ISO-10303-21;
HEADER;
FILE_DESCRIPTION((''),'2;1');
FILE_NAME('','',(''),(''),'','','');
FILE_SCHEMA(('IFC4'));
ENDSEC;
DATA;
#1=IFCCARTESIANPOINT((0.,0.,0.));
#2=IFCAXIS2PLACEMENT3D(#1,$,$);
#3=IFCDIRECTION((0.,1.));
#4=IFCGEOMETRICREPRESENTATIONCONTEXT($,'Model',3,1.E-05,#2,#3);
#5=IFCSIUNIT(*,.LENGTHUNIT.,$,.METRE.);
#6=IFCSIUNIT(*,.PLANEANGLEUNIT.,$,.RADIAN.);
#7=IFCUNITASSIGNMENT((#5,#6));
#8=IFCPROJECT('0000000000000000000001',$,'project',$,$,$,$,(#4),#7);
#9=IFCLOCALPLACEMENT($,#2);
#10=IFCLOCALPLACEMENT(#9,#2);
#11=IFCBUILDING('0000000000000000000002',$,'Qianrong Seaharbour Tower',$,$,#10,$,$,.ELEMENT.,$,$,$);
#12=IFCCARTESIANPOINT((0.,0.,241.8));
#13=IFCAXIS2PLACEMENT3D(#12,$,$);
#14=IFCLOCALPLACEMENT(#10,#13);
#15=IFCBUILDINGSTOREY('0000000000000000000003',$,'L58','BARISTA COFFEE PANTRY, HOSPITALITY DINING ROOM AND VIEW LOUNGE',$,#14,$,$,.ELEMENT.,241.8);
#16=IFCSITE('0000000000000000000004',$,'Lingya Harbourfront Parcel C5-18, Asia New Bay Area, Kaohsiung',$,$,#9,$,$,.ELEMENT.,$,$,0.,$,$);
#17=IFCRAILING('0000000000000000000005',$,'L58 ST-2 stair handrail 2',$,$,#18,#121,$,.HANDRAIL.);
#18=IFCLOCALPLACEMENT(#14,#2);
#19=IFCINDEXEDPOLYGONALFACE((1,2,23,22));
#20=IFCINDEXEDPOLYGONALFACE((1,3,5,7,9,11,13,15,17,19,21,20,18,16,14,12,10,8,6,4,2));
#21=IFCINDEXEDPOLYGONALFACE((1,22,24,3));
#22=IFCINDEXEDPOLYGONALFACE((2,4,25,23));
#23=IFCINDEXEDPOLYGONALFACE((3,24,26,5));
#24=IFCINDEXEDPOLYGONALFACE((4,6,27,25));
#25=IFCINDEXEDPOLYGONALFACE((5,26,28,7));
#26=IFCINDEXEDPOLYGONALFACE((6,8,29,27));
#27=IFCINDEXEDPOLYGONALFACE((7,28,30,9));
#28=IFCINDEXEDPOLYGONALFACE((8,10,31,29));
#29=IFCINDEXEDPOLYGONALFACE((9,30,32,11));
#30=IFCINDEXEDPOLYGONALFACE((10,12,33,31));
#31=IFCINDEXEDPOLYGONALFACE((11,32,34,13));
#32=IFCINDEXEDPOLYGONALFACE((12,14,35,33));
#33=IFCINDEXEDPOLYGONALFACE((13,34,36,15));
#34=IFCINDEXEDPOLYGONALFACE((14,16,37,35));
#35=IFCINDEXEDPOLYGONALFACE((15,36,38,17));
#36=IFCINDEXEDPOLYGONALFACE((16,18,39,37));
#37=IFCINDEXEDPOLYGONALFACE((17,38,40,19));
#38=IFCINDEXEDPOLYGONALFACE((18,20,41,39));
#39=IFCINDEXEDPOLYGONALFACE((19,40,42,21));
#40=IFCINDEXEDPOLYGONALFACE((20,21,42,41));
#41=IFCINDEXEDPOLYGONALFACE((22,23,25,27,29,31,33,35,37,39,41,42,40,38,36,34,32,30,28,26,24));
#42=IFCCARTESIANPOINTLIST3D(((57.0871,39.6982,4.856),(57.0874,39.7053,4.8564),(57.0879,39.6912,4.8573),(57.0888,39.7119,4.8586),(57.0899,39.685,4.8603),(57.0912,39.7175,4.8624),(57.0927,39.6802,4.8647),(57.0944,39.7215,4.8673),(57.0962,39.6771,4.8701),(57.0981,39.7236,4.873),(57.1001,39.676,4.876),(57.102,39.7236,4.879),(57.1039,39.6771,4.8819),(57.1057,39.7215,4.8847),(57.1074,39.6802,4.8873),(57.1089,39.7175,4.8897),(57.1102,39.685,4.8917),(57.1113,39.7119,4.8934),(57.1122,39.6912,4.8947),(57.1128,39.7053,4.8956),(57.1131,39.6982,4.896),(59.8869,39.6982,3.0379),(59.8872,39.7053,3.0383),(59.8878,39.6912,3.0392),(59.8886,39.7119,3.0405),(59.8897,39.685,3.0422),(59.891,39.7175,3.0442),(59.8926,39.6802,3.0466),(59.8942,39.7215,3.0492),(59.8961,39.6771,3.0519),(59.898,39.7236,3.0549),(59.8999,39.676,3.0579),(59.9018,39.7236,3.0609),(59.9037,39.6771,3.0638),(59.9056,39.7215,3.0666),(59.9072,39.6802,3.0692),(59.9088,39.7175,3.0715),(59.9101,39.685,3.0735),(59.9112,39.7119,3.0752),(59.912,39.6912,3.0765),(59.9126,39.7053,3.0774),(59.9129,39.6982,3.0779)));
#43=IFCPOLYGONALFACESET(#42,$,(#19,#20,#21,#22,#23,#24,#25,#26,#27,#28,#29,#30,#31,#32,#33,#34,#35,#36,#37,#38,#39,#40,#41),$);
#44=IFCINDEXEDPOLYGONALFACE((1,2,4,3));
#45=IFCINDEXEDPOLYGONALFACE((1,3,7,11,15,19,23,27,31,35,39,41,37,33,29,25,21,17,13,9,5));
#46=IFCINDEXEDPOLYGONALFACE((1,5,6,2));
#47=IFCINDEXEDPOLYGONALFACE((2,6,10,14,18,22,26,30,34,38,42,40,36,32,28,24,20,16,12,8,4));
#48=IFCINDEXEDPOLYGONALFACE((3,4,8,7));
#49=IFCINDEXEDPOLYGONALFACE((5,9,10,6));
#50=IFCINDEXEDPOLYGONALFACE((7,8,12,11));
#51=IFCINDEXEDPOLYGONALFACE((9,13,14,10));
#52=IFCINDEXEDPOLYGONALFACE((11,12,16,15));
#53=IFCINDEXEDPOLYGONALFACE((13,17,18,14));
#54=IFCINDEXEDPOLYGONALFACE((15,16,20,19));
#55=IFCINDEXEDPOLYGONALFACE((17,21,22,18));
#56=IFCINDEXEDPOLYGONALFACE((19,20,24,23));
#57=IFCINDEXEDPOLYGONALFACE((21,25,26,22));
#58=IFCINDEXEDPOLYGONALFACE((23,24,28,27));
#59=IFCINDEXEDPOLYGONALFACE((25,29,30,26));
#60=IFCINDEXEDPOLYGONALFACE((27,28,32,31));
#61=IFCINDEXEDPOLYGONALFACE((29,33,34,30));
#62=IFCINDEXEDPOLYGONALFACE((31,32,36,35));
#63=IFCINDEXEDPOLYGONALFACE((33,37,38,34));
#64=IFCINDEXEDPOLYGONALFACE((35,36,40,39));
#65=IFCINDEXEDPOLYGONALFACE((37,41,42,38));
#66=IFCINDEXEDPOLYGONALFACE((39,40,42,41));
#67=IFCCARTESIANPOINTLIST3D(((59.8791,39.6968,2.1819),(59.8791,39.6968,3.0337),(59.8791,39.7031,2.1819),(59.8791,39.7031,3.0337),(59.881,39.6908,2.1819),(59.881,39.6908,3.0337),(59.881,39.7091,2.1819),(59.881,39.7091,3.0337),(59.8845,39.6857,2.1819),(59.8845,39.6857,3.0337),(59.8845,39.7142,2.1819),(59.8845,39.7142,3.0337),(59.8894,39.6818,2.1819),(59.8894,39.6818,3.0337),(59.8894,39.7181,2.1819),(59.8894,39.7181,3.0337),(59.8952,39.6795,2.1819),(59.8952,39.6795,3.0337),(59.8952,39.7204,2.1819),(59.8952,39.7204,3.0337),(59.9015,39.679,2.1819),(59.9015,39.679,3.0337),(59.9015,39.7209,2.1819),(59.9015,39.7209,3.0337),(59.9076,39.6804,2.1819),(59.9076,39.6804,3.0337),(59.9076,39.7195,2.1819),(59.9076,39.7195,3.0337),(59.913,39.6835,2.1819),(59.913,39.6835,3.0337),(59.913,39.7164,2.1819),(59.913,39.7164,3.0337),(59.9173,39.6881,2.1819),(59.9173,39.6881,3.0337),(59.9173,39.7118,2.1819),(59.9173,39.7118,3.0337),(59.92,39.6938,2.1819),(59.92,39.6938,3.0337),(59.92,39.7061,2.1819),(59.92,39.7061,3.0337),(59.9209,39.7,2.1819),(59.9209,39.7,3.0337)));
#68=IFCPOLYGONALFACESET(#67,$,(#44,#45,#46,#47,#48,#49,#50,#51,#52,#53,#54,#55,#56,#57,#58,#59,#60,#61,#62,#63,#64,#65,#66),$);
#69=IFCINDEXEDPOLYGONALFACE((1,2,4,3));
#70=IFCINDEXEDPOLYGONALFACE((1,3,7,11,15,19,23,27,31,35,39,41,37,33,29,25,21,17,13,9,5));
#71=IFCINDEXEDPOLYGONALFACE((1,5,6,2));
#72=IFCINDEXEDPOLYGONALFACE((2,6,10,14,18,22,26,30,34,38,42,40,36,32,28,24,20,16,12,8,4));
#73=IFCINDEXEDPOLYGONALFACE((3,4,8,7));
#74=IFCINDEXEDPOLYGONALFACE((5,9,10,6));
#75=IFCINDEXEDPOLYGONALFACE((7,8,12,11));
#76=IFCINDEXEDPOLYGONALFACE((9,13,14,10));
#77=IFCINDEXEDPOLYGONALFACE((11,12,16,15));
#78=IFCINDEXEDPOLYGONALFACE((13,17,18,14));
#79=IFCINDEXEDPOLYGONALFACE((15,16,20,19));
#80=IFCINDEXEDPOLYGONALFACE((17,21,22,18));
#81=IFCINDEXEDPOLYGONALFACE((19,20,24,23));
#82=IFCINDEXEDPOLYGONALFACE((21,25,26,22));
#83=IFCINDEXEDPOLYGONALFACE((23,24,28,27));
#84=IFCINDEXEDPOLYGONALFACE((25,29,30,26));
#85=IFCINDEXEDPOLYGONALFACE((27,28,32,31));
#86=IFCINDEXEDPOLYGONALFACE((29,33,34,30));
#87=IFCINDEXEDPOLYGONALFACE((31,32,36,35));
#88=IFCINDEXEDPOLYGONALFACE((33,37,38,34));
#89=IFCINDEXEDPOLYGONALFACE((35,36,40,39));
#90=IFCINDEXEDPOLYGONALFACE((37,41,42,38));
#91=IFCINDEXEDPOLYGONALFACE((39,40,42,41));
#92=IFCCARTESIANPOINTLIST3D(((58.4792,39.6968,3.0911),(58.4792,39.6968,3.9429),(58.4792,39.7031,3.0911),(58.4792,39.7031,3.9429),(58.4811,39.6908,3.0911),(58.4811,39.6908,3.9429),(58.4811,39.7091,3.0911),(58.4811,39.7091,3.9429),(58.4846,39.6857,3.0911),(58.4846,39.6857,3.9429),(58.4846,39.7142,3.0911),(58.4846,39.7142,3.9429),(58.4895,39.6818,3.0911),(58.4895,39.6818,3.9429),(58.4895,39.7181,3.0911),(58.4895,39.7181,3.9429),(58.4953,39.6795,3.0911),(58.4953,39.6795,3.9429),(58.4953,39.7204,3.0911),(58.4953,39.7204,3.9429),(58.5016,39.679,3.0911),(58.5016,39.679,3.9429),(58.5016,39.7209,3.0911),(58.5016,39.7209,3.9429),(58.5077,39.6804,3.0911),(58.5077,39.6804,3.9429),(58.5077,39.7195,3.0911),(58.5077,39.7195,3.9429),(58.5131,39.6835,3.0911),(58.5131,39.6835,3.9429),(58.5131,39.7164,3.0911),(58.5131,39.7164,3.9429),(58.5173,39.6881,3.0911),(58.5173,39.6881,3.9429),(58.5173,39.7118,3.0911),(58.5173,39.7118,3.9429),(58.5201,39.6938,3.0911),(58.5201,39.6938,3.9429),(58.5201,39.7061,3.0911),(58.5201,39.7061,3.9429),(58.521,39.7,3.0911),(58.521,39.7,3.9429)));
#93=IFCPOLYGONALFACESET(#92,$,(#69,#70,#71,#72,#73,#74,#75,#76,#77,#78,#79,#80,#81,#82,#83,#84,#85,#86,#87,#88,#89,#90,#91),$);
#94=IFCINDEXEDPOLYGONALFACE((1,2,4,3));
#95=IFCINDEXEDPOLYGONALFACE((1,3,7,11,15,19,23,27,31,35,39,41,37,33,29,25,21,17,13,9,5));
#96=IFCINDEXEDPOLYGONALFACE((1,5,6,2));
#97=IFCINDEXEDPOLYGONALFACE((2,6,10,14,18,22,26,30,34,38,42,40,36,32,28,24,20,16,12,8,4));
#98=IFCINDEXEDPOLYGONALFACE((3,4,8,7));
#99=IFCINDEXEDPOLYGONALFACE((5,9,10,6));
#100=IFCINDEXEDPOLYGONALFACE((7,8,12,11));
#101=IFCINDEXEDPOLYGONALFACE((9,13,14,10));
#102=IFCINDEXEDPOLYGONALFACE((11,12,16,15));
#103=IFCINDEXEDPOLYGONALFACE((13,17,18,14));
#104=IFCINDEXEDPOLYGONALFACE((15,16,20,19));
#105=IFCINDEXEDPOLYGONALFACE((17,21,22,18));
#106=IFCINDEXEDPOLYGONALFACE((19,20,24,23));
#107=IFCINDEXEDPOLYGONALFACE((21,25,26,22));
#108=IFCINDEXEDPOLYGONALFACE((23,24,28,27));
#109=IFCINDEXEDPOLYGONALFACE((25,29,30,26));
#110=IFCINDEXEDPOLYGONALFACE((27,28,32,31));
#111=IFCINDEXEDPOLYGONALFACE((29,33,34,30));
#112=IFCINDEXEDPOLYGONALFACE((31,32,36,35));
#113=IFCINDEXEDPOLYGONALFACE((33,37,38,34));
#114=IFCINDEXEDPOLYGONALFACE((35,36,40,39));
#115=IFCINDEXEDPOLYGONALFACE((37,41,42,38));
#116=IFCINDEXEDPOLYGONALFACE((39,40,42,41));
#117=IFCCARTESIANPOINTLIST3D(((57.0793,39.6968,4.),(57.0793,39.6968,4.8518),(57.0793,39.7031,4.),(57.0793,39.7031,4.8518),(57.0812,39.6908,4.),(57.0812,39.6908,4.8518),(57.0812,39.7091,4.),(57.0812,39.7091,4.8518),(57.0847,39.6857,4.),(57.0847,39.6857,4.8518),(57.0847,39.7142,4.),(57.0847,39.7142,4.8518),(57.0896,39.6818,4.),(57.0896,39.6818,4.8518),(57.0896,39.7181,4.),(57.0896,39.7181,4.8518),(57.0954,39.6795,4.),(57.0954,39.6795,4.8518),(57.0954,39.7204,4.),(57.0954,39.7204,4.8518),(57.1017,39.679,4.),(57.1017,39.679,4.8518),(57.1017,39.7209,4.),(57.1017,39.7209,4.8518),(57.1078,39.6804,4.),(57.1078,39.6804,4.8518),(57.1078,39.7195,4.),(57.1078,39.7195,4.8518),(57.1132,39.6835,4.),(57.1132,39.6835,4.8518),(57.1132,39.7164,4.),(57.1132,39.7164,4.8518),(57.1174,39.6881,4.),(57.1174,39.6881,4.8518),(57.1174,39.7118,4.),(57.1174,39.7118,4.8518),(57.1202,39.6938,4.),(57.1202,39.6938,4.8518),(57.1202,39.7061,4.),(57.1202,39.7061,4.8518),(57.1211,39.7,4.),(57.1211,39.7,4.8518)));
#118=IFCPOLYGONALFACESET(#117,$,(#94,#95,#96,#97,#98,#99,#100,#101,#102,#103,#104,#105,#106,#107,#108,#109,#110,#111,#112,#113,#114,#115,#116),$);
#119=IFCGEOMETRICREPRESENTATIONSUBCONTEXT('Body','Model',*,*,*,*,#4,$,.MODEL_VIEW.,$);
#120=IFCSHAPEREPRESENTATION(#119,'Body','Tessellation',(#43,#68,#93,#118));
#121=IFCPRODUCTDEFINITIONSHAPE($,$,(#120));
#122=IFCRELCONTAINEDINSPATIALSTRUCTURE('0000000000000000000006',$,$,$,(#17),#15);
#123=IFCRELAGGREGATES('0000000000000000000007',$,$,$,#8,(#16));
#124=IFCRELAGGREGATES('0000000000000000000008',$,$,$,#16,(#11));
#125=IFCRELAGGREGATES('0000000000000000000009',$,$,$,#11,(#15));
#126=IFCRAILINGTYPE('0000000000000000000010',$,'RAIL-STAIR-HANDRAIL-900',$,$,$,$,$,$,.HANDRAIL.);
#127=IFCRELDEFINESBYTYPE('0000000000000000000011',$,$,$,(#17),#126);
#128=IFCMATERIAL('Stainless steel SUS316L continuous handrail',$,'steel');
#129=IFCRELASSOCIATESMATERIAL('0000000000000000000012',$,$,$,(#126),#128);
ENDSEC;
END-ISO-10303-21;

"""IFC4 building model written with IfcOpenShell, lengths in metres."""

from ifc_helpers import new_model, si_unit, direction, frame, origin, origin_2d, place, context, subcontext, project, spatial, circle, extrude, material, type_object, element, save


model = new_model("IFC4")

# Units and contexts
model_context = context("Model", 3, precision=1e-05, world=origin(), true_north=direction((0.0, 1.0)))
body_context = subcontext(model_context, "Body", "Model", "MODEL_VIEW")
ifc_project = project(units=[si_unit("LENGTHUNIT", "METRE"), si_unit("PLANEANGLEUNIT", "RADIAN")], contexts=[model_context])

# Site, building, storey
site_placement = place(None, origin())
site = spatial("IfcSite", under=ifc_project, at=site_placement, Name="Lingya Harbourfront Parcel C5-18, Asia New Bay Area, Kaohsiung", CompositionType="ELEMENT", RefElevation=0.0)
building_placement = place(site_placement, origin())
building = spatial("IfcBuilding", under=site, at=building_placement, Name="Qianrong Seaharbour Tower", CompositionType="ELEMENT")
storey_placement = place(building_placement, frame((0.0, 0.0, 241.8)))
storey = spatial("IfcBuildingStorey", under=building, at=storey_placement, Name="L58", Description="BARISTA COFFEE PANTRY, HOSPITALITY DINING ROOM AND VIEW LOUNGE", CompositionType="ELEMENT", Elevation=241.8)

# Railing
ifc_material_1 = material(Name="Stainless steel SUS316L continuous handrail", Category="steel")
railing_type_1 = type_object("IfcRailingType", Name="RAIL-STAIR-HANDRAIL-900", PredefinedType="HANDRAIL", material=ifc_material_1)
railing_1_placement = place(storey_placement, frame((59.8999, 39.7, 2.1819)))
element("IfcRailing", 1, at=railing_1_placement, inside=storey, type_object=railing_type_1, Name="L58 ST-2 stair handrail 2", PredefinedType="HANDRAIL", context=body_context, shape_type="SweptSolid", body=[
    extrude(circle(Radius=0.0239, at=origin_2d()), frame((0.0, 0.0, 0.876), z_axis=(-0.838684, 0.0, 0.544618), x_axis=(0.0, -1.0, 0.0)), (0.0, 0.0, 1.0), 3.3384),
    extrude(circle(Radius=0.021, at=origin_2d()), origin(), (0.0, 0.0, 1.0), 0.8518),
    extrude(circle(Radius=0.021, at=origin_2d()), frame((-1.3999, 0.0, 0.9092)), (0.0, 0.0, 1.0), 0.8518),
    extrude(circle(Radius=0.021, at=origin_2d()), frame((-2.7998, 0.0, 1.8181)), (0.0, 0.0, 1.0), 0.8518),
])

save(model, "model.ifc")
